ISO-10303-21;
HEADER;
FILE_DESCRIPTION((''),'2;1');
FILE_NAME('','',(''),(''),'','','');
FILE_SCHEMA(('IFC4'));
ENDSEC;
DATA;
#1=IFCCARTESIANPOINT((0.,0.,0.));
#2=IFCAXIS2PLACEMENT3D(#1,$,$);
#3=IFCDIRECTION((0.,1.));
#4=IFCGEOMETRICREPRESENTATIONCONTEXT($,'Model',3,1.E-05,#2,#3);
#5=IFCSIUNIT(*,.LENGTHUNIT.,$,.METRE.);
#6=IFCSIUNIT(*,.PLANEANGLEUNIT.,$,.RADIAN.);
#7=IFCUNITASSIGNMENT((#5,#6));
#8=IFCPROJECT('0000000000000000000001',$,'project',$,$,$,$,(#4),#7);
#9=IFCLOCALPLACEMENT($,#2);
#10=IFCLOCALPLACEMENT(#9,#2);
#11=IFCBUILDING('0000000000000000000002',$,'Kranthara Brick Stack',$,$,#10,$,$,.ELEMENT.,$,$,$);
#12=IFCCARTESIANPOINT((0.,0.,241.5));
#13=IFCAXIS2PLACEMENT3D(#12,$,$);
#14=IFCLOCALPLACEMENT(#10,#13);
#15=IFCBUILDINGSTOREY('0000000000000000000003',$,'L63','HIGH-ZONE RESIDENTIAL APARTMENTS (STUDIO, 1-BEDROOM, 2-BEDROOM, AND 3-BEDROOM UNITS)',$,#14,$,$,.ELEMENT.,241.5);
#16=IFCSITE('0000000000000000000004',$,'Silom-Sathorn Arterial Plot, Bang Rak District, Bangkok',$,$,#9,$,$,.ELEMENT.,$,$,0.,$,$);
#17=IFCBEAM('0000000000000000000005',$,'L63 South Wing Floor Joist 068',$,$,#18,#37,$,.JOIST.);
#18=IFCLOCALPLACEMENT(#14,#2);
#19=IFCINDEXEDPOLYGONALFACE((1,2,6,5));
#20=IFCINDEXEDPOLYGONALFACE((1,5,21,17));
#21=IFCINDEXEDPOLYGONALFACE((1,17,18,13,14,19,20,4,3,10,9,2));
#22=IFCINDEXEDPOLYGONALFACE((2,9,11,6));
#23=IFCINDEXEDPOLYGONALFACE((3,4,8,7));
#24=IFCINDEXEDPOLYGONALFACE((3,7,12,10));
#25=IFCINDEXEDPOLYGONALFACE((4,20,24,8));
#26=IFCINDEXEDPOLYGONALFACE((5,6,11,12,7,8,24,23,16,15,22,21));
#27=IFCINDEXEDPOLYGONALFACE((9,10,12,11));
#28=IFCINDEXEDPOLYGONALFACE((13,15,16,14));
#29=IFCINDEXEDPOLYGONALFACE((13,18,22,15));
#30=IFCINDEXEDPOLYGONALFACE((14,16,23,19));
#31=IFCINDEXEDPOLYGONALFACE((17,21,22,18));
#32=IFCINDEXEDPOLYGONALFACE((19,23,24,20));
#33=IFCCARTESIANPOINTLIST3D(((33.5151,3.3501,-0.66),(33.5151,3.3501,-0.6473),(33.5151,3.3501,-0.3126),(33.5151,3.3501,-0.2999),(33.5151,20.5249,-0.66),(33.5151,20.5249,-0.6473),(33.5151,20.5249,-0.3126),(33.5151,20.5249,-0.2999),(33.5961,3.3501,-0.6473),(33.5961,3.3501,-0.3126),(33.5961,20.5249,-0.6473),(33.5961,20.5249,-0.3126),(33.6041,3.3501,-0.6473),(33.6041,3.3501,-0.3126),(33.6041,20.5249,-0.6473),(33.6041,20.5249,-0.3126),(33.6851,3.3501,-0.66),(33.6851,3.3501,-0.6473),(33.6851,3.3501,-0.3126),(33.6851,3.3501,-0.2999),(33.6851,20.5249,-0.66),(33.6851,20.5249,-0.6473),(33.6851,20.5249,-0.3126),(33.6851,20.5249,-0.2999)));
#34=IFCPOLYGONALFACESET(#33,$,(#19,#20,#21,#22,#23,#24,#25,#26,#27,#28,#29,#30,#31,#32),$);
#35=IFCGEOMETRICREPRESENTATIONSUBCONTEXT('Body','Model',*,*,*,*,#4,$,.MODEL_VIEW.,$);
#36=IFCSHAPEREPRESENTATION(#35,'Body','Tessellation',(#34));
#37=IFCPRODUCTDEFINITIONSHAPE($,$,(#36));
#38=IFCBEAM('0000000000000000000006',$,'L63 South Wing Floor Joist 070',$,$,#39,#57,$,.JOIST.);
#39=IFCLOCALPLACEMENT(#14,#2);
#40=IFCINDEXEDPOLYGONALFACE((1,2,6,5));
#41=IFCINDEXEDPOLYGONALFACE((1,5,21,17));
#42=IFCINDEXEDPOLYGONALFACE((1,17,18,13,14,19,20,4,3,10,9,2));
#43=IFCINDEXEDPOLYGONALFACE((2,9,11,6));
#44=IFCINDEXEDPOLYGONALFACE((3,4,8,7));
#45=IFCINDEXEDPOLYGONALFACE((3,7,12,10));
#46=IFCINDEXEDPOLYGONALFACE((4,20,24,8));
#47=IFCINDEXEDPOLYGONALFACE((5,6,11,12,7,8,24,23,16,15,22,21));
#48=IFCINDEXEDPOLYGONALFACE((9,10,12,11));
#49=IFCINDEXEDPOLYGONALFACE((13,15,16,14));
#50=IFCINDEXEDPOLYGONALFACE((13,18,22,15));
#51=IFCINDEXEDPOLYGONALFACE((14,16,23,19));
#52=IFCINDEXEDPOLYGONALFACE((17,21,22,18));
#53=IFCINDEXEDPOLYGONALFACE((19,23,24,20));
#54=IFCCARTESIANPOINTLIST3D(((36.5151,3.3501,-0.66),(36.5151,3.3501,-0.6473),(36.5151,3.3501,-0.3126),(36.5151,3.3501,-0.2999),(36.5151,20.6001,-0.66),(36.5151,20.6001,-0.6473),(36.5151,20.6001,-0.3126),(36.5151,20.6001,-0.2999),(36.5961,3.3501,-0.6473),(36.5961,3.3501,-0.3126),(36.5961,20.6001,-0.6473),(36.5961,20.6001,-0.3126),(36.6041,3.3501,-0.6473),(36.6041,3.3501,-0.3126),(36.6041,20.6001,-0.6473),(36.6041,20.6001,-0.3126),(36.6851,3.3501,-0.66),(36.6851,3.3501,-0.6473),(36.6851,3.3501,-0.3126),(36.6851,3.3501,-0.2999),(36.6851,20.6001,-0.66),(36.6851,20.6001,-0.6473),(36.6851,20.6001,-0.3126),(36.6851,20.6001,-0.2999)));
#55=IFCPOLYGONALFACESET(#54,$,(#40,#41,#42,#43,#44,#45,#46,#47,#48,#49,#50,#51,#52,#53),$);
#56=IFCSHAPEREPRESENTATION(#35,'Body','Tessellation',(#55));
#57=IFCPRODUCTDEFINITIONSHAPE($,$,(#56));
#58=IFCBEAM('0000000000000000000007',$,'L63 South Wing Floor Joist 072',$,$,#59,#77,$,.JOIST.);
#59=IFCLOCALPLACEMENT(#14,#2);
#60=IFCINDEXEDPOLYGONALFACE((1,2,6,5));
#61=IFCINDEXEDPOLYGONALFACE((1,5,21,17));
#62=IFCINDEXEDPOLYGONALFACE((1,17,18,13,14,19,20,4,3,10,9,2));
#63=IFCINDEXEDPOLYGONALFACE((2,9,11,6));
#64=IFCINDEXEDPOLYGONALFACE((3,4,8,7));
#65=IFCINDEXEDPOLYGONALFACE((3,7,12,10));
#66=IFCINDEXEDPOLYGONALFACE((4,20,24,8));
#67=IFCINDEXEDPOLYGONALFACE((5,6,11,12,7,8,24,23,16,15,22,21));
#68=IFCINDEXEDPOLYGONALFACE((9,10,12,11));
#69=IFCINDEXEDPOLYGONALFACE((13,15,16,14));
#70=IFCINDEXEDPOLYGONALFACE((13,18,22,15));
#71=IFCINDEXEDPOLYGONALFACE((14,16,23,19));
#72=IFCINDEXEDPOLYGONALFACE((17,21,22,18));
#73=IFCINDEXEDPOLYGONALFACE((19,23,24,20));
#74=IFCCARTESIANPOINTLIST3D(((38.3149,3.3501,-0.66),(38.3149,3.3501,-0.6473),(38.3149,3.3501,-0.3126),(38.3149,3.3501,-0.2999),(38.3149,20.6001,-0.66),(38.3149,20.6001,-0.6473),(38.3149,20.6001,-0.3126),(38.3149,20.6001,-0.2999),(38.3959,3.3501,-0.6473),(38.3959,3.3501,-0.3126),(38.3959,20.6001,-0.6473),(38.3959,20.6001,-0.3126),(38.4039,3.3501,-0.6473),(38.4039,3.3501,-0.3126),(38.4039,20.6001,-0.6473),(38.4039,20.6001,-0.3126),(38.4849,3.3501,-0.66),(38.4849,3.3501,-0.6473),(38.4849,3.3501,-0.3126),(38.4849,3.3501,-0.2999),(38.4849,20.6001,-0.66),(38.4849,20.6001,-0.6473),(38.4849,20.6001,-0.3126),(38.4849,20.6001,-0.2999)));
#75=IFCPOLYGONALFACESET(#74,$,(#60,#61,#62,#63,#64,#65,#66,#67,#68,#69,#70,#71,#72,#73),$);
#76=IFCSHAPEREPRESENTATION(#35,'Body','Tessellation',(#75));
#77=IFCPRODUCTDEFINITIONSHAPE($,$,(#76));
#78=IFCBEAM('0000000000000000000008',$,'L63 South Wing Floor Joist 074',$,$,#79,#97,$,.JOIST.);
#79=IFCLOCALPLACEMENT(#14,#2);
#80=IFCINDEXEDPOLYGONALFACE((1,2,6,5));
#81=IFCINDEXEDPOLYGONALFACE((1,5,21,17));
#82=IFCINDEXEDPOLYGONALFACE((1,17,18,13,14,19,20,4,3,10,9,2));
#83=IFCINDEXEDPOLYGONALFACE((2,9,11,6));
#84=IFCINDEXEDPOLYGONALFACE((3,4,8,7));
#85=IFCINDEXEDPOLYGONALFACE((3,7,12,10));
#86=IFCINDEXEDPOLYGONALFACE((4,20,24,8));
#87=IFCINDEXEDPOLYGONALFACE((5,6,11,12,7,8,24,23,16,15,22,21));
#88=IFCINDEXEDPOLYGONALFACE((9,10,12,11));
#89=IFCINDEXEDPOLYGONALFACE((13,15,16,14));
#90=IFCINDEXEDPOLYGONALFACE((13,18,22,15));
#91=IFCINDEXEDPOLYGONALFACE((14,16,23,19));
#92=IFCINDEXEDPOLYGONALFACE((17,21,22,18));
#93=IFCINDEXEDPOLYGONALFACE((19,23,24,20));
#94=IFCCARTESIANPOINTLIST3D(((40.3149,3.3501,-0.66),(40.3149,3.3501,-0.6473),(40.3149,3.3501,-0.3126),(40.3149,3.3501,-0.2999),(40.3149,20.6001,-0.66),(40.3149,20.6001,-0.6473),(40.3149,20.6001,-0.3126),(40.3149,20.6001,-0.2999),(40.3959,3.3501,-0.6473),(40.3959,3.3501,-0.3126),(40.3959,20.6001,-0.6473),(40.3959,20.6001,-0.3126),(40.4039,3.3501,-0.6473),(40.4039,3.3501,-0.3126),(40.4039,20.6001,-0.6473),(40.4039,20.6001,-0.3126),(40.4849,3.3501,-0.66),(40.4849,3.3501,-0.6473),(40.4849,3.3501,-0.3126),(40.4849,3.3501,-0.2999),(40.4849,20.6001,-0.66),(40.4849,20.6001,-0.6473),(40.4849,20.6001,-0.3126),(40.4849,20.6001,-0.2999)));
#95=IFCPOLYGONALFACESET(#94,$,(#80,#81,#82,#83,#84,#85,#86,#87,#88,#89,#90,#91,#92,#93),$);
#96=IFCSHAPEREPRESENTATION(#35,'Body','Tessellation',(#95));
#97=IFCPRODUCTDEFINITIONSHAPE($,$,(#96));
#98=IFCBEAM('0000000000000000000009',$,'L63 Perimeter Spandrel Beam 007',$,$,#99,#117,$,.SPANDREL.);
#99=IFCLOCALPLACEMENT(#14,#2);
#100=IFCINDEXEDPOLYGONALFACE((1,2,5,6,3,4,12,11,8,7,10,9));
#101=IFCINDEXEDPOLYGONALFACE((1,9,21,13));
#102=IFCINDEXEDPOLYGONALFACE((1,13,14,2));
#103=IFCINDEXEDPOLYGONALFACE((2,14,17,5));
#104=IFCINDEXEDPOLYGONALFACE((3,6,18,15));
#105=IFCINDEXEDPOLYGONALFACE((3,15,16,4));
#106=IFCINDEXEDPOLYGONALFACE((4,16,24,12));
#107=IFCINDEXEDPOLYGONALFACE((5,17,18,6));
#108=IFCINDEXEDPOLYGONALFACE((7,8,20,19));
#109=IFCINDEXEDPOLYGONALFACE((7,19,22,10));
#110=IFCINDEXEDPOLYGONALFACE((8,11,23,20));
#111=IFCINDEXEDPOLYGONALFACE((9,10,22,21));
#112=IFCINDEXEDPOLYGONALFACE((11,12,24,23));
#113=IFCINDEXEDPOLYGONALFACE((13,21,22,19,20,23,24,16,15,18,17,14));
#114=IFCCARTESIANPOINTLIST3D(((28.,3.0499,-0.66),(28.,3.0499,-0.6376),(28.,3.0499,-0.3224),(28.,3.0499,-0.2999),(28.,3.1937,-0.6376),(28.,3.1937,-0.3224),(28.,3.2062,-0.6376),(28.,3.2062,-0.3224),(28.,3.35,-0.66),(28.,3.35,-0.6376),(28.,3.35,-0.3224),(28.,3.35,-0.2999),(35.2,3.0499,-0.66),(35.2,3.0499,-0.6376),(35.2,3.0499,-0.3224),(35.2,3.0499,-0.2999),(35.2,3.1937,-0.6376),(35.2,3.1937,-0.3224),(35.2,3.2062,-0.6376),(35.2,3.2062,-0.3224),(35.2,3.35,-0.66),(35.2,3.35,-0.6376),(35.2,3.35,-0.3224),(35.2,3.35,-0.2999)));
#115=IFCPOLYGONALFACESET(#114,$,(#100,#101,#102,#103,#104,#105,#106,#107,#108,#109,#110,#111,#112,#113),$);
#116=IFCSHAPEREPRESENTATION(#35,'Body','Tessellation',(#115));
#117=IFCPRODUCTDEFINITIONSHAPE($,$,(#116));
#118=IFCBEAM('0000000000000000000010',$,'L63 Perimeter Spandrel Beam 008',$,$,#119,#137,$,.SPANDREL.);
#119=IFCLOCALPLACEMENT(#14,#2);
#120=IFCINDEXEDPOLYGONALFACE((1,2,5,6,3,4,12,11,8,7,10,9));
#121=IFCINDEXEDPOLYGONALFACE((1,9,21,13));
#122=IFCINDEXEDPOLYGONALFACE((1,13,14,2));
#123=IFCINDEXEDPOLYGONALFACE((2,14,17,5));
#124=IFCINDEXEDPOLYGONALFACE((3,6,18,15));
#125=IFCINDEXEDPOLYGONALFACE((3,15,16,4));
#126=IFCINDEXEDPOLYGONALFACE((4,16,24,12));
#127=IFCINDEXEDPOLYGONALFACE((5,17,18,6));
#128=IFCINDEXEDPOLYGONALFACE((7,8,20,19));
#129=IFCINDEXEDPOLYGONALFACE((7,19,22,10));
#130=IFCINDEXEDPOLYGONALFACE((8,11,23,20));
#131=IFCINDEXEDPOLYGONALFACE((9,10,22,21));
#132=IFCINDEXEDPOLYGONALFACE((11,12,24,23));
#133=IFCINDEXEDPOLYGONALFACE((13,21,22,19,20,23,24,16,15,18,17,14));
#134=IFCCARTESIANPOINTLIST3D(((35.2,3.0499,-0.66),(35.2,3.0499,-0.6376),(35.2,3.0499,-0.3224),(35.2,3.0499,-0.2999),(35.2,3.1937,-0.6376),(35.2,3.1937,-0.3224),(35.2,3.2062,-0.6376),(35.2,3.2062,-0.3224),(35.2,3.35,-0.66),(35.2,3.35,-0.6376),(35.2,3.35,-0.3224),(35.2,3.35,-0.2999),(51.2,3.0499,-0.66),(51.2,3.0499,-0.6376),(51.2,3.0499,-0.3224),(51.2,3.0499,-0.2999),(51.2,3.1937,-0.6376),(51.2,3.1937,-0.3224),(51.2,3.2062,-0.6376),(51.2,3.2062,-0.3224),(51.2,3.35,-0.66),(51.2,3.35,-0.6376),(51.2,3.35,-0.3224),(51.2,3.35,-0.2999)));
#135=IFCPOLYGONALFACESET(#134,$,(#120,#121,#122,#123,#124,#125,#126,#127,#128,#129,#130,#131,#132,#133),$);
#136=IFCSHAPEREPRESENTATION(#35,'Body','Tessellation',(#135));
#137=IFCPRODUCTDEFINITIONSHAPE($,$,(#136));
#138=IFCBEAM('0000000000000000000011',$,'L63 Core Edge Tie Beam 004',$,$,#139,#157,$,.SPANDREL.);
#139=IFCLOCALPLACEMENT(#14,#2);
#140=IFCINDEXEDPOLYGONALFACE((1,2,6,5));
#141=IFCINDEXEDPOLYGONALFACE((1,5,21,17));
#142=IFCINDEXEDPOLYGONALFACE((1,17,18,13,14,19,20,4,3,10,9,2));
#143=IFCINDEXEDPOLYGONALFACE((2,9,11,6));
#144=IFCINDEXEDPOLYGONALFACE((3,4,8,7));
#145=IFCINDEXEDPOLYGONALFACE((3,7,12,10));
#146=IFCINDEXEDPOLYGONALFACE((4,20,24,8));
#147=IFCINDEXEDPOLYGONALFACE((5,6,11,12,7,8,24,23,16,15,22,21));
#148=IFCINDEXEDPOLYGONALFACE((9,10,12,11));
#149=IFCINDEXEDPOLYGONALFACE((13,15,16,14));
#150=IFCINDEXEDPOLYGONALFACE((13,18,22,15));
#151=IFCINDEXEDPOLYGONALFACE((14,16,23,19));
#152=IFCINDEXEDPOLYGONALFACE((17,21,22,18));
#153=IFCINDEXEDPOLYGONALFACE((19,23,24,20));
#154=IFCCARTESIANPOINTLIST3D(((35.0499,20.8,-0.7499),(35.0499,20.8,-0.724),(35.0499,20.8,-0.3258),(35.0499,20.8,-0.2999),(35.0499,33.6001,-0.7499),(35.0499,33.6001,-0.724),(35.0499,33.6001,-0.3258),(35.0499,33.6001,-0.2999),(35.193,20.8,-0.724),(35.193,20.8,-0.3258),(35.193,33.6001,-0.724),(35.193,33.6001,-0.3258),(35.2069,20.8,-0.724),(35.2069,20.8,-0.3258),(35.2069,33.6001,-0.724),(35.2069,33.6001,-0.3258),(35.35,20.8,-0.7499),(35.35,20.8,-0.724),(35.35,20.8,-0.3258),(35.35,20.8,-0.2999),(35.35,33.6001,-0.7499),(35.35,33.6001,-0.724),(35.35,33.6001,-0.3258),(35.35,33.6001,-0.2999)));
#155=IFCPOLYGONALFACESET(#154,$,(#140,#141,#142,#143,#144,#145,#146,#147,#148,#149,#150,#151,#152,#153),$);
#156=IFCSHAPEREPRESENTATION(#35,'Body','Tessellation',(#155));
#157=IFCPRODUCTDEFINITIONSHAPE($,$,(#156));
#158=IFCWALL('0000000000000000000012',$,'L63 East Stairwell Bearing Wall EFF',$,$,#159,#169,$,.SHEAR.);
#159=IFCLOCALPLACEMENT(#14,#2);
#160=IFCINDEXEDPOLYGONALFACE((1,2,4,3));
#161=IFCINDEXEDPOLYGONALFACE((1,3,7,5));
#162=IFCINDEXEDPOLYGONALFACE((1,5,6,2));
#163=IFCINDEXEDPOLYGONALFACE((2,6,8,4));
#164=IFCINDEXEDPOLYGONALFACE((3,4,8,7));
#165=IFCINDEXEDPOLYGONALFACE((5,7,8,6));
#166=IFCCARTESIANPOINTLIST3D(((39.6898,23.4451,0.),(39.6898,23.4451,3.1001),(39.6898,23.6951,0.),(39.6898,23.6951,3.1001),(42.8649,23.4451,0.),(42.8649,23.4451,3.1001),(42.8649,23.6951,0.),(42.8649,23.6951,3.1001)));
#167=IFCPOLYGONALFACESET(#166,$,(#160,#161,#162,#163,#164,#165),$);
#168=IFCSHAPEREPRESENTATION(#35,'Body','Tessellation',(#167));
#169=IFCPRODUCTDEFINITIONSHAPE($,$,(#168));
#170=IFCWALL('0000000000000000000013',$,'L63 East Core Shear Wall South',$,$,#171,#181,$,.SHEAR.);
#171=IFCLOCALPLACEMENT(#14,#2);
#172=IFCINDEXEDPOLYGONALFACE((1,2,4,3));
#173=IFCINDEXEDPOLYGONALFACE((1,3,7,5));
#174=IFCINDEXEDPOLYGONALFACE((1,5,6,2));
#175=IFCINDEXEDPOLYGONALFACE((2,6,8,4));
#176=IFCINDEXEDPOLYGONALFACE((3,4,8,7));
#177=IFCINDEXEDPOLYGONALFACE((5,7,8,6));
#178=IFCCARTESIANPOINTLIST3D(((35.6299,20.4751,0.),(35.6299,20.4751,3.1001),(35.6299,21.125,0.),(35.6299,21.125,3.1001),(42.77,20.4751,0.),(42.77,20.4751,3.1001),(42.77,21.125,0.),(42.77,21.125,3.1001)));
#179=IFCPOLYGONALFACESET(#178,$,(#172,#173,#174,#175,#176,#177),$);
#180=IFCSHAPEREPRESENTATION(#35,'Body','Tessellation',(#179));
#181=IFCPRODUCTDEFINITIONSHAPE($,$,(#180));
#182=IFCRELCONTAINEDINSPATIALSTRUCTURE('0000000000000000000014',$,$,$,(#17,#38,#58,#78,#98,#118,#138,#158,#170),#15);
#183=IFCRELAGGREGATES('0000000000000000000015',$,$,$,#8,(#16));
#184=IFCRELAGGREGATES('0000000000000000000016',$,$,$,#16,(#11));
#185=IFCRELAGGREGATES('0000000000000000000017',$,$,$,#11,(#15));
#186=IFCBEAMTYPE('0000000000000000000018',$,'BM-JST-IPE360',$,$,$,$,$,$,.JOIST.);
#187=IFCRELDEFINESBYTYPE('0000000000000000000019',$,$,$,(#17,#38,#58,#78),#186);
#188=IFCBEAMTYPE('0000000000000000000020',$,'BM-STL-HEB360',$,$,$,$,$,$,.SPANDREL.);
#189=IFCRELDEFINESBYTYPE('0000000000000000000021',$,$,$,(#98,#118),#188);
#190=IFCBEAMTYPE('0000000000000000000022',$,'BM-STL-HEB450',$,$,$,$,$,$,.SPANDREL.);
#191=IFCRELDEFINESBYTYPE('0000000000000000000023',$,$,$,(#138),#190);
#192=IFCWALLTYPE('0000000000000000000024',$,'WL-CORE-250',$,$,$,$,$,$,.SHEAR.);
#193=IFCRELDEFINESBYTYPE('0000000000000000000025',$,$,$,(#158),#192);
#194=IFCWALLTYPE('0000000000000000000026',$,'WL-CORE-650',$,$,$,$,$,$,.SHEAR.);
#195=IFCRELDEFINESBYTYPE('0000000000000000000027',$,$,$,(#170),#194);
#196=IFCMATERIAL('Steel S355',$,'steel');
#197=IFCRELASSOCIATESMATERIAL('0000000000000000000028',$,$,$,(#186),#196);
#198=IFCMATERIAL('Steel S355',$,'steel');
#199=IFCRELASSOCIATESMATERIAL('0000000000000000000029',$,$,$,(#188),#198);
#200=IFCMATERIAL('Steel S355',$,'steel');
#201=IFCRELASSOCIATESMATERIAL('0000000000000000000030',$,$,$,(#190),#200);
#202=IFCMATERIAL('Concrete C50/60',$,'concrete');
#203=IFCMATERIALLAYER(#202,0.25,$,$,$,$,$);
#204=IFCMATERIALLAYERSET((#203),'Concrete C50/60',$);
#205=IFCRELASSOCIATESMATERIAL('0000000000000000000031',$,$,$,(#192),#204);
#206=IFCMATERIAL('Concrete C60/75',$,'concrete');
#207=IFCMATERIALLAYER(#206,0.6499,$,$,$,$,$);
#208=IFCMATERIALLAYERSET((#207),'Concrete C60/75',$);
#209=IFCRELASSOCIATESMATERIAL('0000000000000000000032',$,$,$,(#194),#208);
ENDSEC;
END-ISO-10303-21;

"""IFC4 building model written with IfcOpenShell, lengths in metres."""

from ifc_helpers import new_model, si_unit, direction, frame, frame_2d, origin, origin_2d, place, context, subcontext, project, spatial, rectangle, i_section, extrude, material, layer, layer_set, material_profile, profile_set, type_object, element, save


model = new_model("IFC4")

# Units and contexts
model_context = context("Model", 3, precision=1e-05, world=origin(), true_north=direction((0.0, 1.0)))
body_context = subcontext(model_context, "Body", "Model", "MODEL_VIEW")
ifc_project = project(units=[si_unit("LENGTHUNIT", "METRE"), si_unit("PLANEANGLEUNIT", "RADIAN")], contexts=[model_context])

# Site, building, storey
site_placement = place(None, origin())
site = spatial("IfcSite", under=ifc_project, at=site_placement, Name="Silom-Sathorn Arterial Plot, Bang Rak District, Bangkok", CompositionType="ELEMENT", RefElevation=0.0)
building_placement = place(site_placement, origin())
building = spatial("IfcBuilding", under=site, at=building_placement, Name="Kranthara Brick Stack", CompositionType="ELEMENT")
storey_placement = place(building_placement, frame((0.0, 0.0, 241.5)))
storey = spatial("IfcBuildingStorey", under=building, at=storey_placement, Name="L63", Description="HIGH-ZONE RESIDENTIAL APARTMENTS (STUDIO, 1-BEDROOM, 2-BEDROOM, AND 3-BEDROOM UNITS)", CompositionType="ELEMENT", Elevation=241.5)

# Beams
ifc_material_1 = material(Name="Steel S355", Category="steel")
ifc_material_profile_1 = material_profile(ifc_material_1, i_section(OverallWidth=0.1699, OverallDepth=0.3601, WebThickness=0.0081, FlangeThickness=0.0127, at=origin_2d()), Name="IPE 360")
ifc_profile_set_1 = profile_set([ifc_material_profile_1], Name="Steel S355")
beam_type_1 = type_object("IfcBeamType", Name="BM-JST-IPE360", PredefinedType="JOIST", material=ifc_profile_set_1)
for number, where, z_axis, x_axis, name in (
    (1, (33.6001, 3.3501, -0.48), (0.0, 1.0, 0.0), (-1.0, 0.0, 0.0), "L63 South Wing Floor Joist 068"),
):
    element("IfcBeam", number, at=place(storey_placement, frame(where, z_axis=z_axis, x_axis=x_axis)), inside=storey, type_object=beam_type_1, Name=name, PredefinedType="JOIST", context=body_context, shape_type="SweptSolid", body=[
        extrude(i_section(OverallWidth=0.1699, OverallDepth=0.3601, WebThickness=0.0081, FlangeThickness=0.0127, at=origin_2d()), origin(), (0.0, 0.0, 1.0), 17.1748),
    ])
for number, where, z_axis, x_axis, name in (
    (2, (36.6001, 3.3501, -0.48), (0.0, 1.0, 0.0), (-1.0, 0.0, 0.0), "L63 South Wing Floor Joist 070"),
    (3, (38.3999, 3.3501, -0.48), (0.0, 1.0, 0.0), (-1.0, 0.0, 0.0), "L63 South Wing Floor Joist 072"),
    (4, (40.3999, 3.3501, -0.48), (0.0, 1.0, 0.0), (-1.0, 0.0, 0.0), "L63 South Wing Floor Joist 074"),
):
    element("IfcBeam", number, at=place(storey_placement, frame(where, z_axis=z_axis, x_axis=x_axis)), inside=storey, type_object=beam_type_1, Name=name, PredefinedType="JOIST", context=body_context, shape_type="SweptSolid", body=[
        extrude(i_section(OverallWidth=0.1699, OverallDepth=0.3601, WebThickness=0.0081, FlangeThickness=0.0127, at=origin_2d()), origin(), (0.0, 0.0, 1.0), 17.25),
    ])
ifc_material_2 = material(Name="Steel S355", Category="steel")
ifc_material_profile_2 = material_profile(ifc_material_2, i_section(OverallWidth=0.3, OverallDepth=0.3601, WebThickness=0.0125, FlangeThickness=0.0225, at=origin_2d()), Name="HEB 360")
ifc_profile_set_2 = profile_set([ifc_material_profile_2], Name="Steel S355")
beam_type_2 = type_object("IfcBeamType", Name="BM-STL-HEB360", PredefinedType="SPANDREL", material=ifc_profile_set_2)
beam_1_placement = place(storey_placement, frame((28.0, 3.2, -0.48), z_axis=(1.0, 0.0, 0.0), x_axis=(0.0, 1.0, 0.0)))
element("IfcBeam", 5, at=beam_1_placement, inside=storey, type_object=beam_type_2, Name="L63 Perimeter Spandrel Beam 007", PredefinedType="SPANDREL", context=body_context, shape_type="SweptSolid", body=[
    extrude(i_section(OverallWidth=0.3, OverallDepth=0.3601, WebThickness=0.0125, FlangeThickness=0.0225, at=origin_2d()), origin(), (0.0, 0.0, 1.0), 7.2),
])
beam_2_placement = place(storey_placement, frame((35.2, 3.2, -0.48), z_axis=(1.0, 0.0, 0.0), x_axis=(0.0, 1.0, 0.0)))
element("IfcBeam", 6, at=beam_2_placement, inside=storey, type_object=beam_type_2, Name="L63 Perimeter Spandrel Beam 008", PredefinedType="SPANDREL", context=body_context, shape_type="SweptSolid", body=[
    extrude(i_section(OverallWidth=0.3, OverallDepth=0.3601, WebThickness=0.0125, FlangeThickness=0.0225, at=origin_2d()), origin(), (0.0, 0.0, 1.0), 16.0),
])
ifc_material_3 = material(Name="Steel S355", Category="steel")
ifc_material_profile_3 = material_profile(ifc_material_3, i_section(OverallWidth=0.3, OverallDepth=0.45, WebThickness=0.0139, FlangeThickness=0.0259, at=origin_2d()), Name="HEB 450")
ifc_profile_set_3 = profile_set([ifc_material_profile_3], Name="Steel S355")
beam_type_3 = type_object("IfcBeamType", Name="BM-STL-HEB450", PredefinedType="SPANDREL", material=ifc_profile_set_3)
beam_3_placement = place(storey_placement, frame((35.2, 20.8, -0.5249), z_axis=(0.0, 1.0, 0.0), x_axis=(-1.0, 0.0, 0.0)))
element("IfcBeam", 7, at=beam_3_placement, inside=storey, type_object=beam_type_3, Name="L63 Core Edge Tie Beam 004", PredefinedType="SPANDREL", context=body_context, shape_type="SweptSolid", body=[
    extrude(i_section(OverallWidth=0.3, OverallDepth=0.45, WebThickness=0.0139, FlangeThickness=0.0259, at=origin_2d()), origin(), (0.0, 0.0, 1.0), 12.8),
])

# Shared definitions
ifc_material_4 = material(Name="Concrete C50/60", Category="concrete")
ifc_layer_1 = layer(ifc_material_4, 0.25)
ifc_layer_set_1 = layer_set([ifc_layer_1], Name="Concrete C50/60")
wall_type_1 = type_object("IfcWallType", Name="WL-CORE-250", PredefinedType="SHEAR", material=ifc_layer_set_1)

# Walls
wall_1_placement = place(storey_placement, frame((39.6899, 23.5701, 0.0), z_axis=(0.0, 0.0, 1.0), x_axis=(1.0, 0.0, 0.0)))
element("IfcWall", 8, at=wall_1_placement, inside=storey, type_object=wall_type_1, Name="L63 East Stairwell Bearing Wall EFF", PredefinedType="SHEAR", context=body_context, shape_type="SweptSolid", body=[
    extrude(rectangle(XDim=3.175, YDim=0.25, at=frame_2d((1.5874, 0.0))), origin(), (0.0, 0.0, 1.0), 3.1001),
])
ifc_material_5 = material(Name="Concrete C60/75", Category="concrete")
ifc_layer_2 = layer(ifc_material_5, 0.6499)
ifc_layer_set_2 = layer_set([ifc_layer_2], Name="Concrete C60/75")
wall_type_2 = type_object("IfcWallType", Name="WL-CORE-650", PredefinedType="SHEAR", material=ifc_layer_set_2)
wall_2_placement = place(storey_placement, frame((35.6299, 20.8, 0.0), z_axis=(0.0, 0.0, 1.0), x_axis=(1.0, 0.0, 0.0)))
element("IfcWall", 9, at=wall_2_placement, inside=storey, type_object=wall_type_2, Name="L63 East Core Shear Wall South", PredefinedType="SHEAR", context=body_context, shape_type="SweptSolid", body=[
    extrude(rectangle(XDim=7.1401, YDim=0.6499, at=frame_2d((3.5701, 0.0))), origin(), (0.0, 0.0, 1.0), 3.1001),
])

save(model, "model.ifc")
